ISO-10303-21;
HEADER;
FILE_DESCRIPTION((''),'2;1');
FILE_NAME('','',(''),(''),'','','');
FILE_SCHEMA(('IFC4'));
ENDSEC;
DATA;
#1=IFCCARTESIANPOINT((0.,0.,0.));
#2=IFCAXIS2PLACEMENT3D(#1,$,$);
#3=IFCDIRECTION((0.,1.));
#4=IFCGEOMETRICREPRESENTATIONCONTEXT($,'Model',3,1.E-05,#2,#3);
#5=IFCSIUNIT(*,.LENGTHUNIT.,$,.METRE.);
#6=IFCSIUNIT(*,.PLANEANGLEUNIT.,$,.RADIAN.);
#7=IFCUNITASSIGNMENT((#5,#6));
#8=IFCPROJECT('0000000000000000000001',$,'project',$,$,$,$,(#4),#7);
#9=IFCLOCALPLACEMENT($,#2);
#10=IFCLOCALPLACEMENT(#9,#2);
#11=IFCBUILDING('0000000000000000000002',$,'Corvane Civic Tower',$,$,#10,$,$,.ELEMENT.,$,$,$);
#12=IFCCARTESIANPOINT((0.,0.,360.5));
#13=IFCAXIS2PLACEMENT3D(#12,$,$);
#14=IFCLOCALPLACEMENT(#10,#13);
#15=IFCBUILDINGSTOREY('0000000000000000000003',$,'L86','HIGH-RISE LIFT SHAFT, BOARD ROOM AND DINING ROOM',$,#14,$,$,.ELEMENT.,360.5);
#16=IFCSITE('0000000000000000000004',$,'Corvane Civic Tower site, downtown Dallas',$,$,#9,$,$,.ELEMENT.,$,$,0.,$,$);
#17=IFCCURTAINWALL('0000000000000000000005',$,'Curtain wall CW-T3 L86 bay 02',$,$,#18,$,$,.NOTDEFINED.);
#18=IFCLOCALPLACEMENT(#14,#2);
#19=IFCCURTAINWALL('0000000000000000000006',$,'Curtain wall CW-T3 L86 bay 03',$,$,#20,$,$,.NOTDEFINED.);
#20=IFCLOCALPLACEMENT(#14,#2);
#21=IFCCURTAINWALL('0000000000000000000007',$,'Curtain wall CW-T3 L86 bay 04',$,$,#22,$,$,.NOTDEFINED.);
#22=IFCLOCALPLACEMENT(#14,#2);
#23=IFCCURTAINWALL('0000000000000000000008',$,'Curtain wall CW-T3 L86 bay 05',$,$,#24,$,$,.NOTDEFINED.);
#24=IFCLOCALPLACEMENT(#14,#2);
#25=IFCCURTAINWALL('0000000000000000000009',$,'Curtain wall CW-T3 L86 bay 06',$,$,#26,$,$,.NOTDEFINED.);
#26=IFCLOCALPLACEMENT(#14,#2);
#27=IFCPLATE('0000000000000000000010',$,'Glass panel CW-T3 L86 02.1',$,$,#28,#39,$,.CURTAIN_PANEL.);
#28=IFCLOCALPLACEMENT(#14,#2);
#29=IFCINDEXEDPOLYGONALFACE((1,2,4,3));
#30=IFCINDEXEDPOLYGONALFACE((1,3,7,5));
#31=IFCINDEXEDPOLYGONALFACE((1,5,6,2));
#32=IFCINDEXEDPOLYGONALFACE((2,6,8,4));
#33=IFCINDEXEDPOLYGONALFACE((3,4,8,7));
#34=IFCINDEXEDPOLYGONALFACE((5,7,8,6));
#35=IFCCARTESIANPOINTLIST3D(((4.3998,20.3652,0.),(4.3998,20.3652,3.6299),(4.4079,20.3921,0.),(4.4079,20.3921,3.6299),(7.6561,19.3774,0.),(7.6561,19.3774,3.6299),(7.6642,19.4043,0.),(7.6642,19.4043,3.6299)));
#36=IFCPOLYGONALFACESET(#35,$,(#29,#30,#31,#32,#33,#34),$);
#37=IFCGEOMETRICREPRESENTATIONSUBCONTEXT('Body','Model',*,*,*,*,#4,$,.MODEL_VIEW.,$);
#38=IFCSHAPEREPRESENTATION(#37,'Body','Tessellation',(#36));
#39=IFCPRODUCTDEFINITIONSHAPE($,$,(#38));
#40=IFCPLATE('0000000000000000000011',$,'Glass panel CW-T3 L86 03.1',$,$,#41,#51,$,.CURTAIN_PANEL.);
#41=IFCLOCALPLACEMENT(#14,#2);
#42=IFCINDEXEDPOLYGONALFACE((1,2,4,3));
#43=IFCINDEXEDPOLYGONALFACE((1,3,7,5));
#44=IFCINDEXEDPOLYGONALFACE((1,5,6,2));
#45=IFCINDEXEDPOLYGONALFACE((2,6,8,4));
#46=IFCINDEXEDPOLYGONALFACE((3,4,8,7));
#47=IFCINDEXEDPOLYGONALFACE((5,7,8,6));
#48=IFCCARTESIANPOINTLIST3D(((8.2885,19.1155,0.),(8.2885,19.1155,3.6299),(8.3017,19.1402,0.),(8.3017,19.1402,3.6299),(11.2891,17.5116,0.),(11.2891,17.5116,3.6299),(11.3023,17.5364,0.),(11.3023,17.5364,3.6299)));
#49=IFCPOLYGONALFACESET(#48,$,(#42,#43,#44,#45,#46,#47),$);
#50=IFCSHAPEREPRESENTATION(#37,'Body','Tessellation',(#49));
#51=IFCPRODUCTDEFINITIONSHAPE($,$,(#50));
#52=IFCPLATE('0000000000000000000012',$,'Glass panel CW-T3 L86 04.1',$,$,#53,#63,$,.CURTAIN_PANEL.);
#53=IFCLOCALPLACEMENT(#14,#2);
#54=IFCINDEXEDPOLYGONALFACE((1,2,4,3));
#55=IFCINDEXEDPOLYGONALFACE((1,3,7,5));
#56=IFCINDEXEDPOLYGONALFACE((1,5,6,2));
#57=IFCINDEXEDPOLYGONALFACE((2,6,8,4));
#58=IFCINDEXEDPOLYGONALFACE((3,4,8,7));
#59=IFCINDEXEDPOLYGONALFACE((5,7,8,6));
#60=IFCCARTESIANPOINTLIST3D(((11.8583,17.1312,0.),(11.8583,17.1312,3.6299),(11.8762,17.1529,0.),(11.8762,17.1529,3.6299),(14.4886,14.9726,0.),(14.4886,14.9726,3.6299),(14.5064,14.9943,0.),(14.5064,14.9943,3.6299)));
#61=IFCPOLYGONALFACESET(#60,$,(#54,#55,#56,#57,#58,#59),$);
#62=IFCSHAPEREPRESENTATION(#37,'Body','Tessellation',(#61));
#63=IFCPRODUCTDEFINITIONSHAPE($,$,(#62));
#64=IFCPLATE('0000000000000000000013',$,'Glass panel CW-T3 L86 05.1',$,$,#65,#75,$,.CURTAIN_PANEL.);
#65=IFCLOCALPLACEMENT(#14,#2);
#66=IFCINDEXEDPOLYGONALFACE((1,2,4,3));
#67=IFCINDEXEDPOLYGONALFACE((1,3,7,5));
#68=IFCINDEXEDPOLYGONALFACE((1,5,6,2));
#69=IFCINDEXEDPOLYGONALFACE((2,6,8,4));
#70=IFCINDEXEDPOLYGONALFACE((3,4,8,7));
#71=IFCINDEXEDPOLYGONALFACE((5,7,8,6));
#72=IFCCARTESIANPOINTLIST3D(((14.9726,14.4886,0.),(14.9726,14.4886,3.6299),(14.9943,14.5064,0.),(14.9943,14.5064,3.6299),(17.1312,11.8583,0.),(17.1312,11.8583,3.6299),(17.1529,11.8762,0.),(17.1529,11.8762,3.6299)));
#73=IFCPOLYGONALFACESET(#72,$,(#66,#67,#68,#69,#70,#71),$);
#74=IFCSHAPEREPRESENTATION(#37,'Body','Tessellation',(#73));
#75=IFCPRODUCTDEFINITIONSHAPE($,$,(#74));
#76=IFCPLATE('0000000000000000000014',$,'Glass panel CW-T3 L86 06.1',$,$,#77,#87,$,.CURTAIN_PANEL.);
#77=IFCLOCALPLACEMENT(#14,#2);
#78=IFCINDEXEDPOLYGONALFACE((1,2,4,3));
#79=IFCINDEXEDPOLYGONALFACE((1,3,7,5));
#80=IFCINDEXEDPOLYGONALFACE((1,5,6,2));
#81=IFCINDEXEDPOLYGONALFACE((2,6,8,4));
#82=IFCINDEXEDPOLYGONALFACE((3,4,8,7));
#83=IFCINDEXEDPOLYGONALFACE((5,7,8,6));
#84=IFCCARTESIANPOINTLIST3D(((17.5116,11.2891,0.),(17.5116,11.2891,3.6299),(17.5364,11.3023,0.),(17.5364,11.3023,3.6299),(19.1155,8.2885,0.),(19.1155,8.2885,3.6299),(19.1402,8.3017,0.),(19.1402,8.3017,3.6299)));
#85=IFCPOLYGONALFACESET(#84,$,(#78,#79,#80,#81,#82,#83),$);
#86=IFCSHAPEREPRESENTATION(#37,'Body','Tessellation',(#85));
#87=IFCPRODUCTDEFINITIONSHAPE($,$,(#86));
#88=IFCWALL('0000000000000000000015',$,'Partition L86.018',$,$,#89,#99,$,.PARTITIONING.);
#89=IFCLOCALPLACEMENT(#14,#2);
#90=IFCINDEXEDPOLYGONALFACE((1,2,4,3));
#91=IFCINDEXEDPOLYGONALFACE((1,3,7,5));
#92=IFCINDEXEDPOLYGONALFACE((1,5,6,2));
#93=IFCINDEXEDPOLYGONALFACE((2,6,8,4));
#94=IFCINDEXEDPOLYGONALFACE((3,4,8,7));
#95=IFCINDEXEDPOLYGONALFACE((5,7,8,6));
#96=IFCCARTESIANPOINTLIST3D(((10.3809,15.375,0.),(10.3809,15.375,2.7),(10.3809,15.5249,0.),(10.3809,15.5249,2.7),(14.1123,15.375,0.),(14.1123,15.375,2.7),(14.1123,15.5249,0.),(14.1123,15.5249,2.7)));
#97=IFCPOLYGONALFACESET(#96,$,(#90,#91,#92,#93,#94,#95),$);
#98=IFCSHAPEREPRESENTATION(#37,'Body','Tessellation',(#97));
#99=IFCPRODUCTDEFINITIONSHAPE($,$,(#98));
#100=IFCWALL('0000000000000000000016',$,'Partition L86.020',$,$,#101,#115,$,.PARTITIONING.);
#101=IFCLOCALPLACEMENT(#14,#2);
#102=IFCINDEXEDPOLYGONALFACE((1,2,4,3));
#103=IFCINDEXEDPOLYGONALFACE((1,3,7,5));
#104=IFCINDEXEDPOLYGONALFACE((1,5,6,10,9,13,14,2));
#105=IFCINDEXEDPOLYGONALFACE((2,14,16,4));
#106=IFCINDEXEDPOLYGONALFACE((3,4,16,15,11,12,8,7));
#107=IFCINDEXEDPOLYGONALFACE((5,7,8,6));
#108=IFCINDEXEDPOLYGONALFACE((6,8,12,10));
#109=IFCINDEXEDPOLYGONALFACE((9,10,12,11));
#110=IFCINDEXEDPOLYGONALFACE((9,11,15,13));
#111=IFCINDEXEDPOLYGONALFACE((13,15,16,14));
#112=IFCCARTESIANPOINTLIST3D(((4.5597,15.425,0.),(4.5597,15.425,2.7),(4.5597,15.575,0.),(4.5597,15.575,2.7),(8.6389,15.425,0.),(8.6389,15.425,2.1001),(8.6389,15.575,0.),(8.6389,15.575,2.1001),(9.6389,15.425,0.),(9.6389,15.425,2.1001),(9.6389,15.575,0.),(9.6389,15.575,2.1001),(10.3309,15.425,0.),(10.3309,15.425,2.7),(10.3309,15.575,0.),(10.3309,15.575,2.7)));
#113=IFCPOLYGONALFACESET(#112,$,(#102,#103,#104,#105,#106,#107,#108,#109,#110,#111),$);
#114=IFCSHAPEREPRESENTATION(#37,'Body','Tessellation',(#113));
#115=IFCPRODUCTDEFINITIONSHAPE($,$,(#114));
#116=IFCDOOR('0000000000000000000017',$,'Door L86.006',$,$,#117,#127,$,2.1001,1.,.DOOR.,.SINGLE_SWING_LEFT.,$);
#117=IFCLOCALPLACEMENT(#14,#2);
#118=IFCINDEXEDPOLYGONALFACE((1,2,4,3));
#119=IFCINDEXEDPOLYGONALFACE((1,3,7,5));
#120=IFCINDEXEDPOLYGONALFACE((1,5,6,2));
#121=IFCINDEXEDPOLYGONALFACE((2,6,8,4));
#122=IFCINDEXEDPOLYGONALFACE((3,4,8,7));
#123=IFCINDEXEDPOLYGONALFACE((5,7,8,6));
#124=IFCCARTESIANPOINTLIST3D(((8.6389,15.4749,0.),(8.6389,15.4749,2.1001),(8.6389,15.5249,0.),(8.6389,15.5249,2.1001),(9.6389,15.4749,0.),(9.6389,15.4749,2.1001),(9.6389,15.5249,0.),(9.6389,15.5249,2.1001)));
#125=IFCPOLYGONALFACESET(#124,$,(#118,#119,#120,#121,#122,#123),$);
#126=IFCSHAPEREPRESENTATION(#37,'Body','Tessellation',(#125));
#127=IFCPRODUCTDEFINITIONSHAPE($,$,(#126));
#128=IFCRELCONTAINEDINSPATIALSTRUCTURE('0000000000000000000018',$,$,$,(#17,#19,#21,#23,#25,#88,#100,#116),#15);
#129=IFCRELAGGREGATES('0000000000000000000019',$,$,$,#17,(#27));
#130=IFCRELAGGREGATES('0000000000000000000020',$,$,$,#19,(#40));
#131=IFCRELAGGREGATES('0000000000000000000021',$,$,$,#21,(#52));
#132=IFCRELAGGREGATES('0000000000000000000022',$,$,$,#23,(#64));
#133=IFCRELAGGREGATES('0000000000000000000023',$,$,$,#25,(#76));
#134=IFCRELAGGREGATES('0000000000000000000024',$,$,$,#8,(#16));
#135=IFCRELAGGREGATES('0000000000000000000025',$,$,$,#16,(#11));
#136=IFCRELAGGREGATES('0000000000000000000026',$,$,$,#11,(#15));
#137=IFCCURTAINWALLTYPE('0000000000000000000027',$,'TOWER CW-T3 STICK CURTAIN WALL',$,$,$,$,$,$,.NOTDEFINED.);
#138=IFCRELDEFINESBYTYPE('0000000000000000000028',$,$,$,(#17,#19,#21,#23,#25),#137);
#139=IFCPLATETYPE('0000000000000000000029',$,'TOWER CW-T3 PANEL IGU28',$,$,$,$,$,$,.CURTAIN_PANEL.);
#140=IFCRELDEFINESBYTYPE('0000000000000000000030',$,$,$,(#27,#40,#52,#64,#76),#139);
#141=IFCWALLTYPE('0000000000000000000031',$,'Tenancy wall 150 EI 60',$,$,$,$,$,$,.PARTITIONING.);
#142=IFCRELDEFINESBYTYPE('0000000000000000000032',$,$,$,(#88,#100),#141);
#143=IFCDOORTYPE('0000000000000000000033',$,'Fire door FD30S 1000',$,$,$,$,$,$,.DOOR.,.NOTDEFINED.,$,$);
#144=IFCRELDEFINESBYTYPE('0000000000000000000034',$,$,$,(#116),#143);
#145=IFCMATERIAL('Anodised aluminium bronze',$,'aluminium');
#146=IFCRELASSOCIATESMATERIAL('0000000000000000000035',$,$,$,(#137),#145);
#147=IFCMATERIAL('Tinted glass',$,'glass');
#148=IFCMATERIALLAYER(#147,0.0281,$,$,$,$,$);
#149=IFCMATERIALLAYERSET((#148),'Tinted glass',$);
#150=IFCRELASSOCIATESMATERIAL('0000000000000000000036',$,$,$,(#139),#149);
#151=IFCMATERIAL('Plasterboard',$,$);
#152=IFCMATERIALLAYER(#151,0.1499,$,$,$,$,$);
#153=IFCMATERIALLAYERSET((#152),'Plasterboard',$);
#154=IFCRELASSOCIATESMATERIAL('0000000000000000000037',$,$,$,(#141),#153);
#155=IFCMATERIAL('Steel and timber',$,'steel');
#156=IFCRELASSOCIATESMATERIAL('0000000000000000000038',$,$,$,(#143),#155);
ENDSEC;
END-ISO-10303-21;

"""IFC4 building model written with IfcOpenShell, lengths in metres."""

from ifc_helpers import new_model, si_unit, direction, frame, frame_2d, origin, origin_2d, place, context, subcontext, project, spatial, rectangle, extrude, material, layer, layer_set, type_object, element, fill, aggregate, save


model = new_model("IFC4")

# Units and contexts
model_context = context("Model", 3, precision=1e-05, world=origin(), true_north=direction((0.0, 1.0)))
body_context = subcontext(model_context, "Body", "Model", "MODEL_VIEW")
ifc_project = project(units=[si_unit("LENGTHUNIT", "METRE"), si_unit("PLANEANGLEUNIT", "RADIAN")], contexts=[model_context])

# Site, building, storey
site_placement = place(None, origin())
site = spatial("IfcSite", under=ifc_project, at=site_placement, Name="Corvane Civic Tower site, downtown Dallas", CompositionType="ELEMENT", RefElevation=0.0)
building_placement = place(site_placement, origin())
building = spatial("IfcBuilding", under=site, at=building_placement, Name="Corvane Civic Tower", CompositionType="ELEMENT")
storey_placement = place(building_placement, frame((0.0, 0.0, 360.5)))
storey = spatial("IfcBuildingStorey", under=building, at=storey_placement, Name="L86", Description="HIGH-RISE LIFT SHAFT, BOARD ROOM AND DINING ROOM", CompositionType="ELEMENT", Elevation=360.5)

# Curtain walls
ifc_material_1 = material(Name="Anodised aluminium bronze", Category="aluminium")
curtain_wall_type = type_object("IfcCurtainWallType", Name="TOWER CW-T3 STICK CURTAIN WALL", PredefinedType="NOTDEFINED", material=ifc_material_1)
curtain_wall_1_placement = place(storey_placement, origin())
curtain_wall_1 = element("IfcCurtainWall", 1, at=curtain_wall_1_placement, inside=storey, type_object=curtain_wall_type, Name="Curtain wall CW-T3 L86 bay 02", PredefinedType="NOTDEFINED")
curtain_wall_2_placement = place(storey_placement, origin())
curtain_wall_2 = element("IfcCurtainWall", 2, at=curtain_wall_2_placement, inside=storey, type_object=curtain_wall_type, Name="Curtain wall CW-T3 L86 bay 03", PredefinedType="NOTDEFINED")
curtain_wall_3_placement = place(storey_placement, origin())
curtain_wall_3 = element("IfcCurtainWall", 3, at=curtain_wall_3_placement, inside=storey, type_object=curtain_wall_type, Name="Curtain wall CW-T3 L86 bay 04", PredefinedType="NOTDEFINED")
curtain_wall_4_placement = place(storey_placement, origin())
curtain_wall_4 = element("IfcCurtainWall", 4, at=curtain_wall_4_placement, inside=storey, type_object=curtain_wall_type, Name="Curtain wall CW-T3 L86 bay 05", PredefinedType="NOTDEFINED")
curtain_wall_5_placement = place(storey_placement, origin())
curtain_wall_5 = element("IfcCurtainWall", 5, at=curtain_wall_5_placement, inside=storey, type_object=curtain_wall_type, Name="Curtain wall CW-T3 L86 bay 06", PredefinedType="NOTDEFINED")

# Plates
ifc_material_2 = material(Name="Tinted glass", Category="glass")
ifc_layer_1 = layer(ifc_material_2, 0.0281)
ifc_layer_set_1 = layer_set([ifc_layer_1], Name="Tinted glass")
plate_type = type_object("IfcPlateType", Name="TOWER CW-T3 PANEL IGU28", PredefinedType="CURTAIN_PANEL", material=ifc_layer_set_1)
plate_1_placement = place(storey_placement, frame((6.032, 19.8848, 0.0), z_axis=(0.0, 0.0, 1.0), x_axis=(0.956939, -0.29029, 0.0)))
plate_1 = element("IfcPlate", 6, at=plate_1_placement, type_object=plate_type, Name="Glass panel CW-T3 L86 02.1", PredefinedType="CURTAIN_PANEL", context=body_context, shape_type="SweptSolid", body=[
    extrude(rectangle(XDim=3.4028, YDim=0.0281, at=origin_2d()), origin(), (0.0, 0.0, 1.0), 3.6299),
])
aggregate(curtain_wall_1, [plate_1])
plate_2_placement = place(storey_placement, frame((9.7954, 18.3259, 0.0), z_axis=(0.0, 0.0, 1.0), x_axis=(0.881928, -0.471384, 0.0)))
plate_2 = element("IfcPlate", 7, at=plate_2_placement, type_object=plate_type, Name="Glass panel CW-T3 L86 03.1", PredefinedType="CURTAIN_PANEL", context=body_context, shape_type="SweptSolid", body=[
    extrude(rectangle(XDim=3.4023, YDim=0.0281, at=origin_2d()), origin(), (0.0, 0.0, 1.0), 3.6299),
])
aggregate(curtain_wall_2, [plate_2])
plate_3_placement = place(storey_placement, frame((13.1824, 16.0627, 0.0), z_axis=(0.0, 0.0, 1.0), x_axis=(0.77301, -0.634393, 0.0)))
plate_3 = element("IfcPlate", 8, at=plate_3_placement, type_object=plate_type, Name="Glass panel CW-T3 L86 04.1", PredefinedType="CURTAIN_PANEL", context=body_context, shape_type="SweptSolid", body=[
    extrude(rectangle(XDim=3.4026, YDim=0.0281, at=origin_2d()), origin(), (0.0, 0.0, 1.0), 3.6299),
])
aggregate(curtain_wall_3, [plate_3])
plate_4_placement = place(storey_placement, frame((16.0627, 13.1824, 0.0), z_axis=(0.0, 0.0, 1.0), x_axis=(0.634393, -0.77301, 0.0)))
plate_4 = element("IfcPlate", 9, at=plate_4_placement, type_object=plate_type, Name="Glass panel CW-T3 L86 05.1", PredefinedType="CURTAIN_PANEL", context=body_context, shape_type="SweptSolid", body=[
    extrude(rectangle(XDim=3.4026, YDim=0.0281, at=origin_2d()), origin(), (0.0, 0.0, 1.0), 3.6299),
])
aggregate(curtain_wall_4, [plate_4])
plate_5_placement = place(storey_placement, frame((18.3259, 9.7954, 0.0), z_axis=(0.0, 0.0, 1.0), x_axis=(0.471384, -0.881928, 0.0)))
plate_5 = element("IfcPlate", 10, at=plate_5_placement, type_object=plate_type, Name="Glass panel CW-T3 L86 06.1", PredefinedType="CURTAIN_PANEL", context=body_context, shape_type="SweptSolid", body=[
    extrude(rectangle(XDim=3.4023, YDim=0.0281, at=origin_2d()), origin(), (0.0, 0.0, 1.0), 3.6299),
])
aggregate(curtain_wall_5, [plate_5])

# Wall
ifc_material_3 = material(Name="Plasterboard")
ifc_layer_2 = layer(ifc_material_3, 0.1499)
ifc_layer_set_2 = layer_set([ifc_layer_2], Name="Plasterboard")
wall_type = type_object("IfcWallType", Name="Tenancy wall 150 EI 60", PredefinedType="PARTITIONING", material=ifc_layer_set_2)
wall_1_placement = place(storey_placement, frame((10.3809, 15.45, 0.0), z_axis=(0.0, 0.0, 1.0), x_axis=(1.0, 0.0, 0.0)))
element("IfcWall", 11, at=wall_1_placement, inside=storey, type_object=wall_type, Name="Partition L86.018", PredefinedType="PARTITIONING", context=body_context, shape_type="SweptSolid", body=[
    extrude(rectangle(XDim=3.7314, YDim=0.1499, at=frame_2d((1.8657, 0.0))), origin(), (0.0, 0.0, 1.0), 2.7),
])

# Wall, opening, door
wall_2_placement = place(storey_placement, frame((4.5596, 15.5, 0.0), z_axis=(0.0, 0.0, 1.0), x_axis=(1.0, 0.0, 0.0)))
wall_2 = element("IfcWall", 12, at=wall_2_placement, inside=storey, type_object=wall_type, Name="Partition L86.020", PredefinedType="PARTITIONING", context=body_context, shape_type="SweptSolid", body=[
    extrude(rectangle(XDim=5.7712, YDim=0.1499, at=frame_2d((2.8857, 0.0))), origin(), (0.0, 0.0, 1.0), 2.7),
])
opening_placement = place(wall_2_placement, frame((4.0793, 0.0, 0.0)))
opening = element("IfcOpeningElement", 13, at=opening_placement, cuts=wall_2, PredefinedType="OPENING", context=body_context, shape_type="SweptSolid", body=[
    extrude(rectangle(XDim=1.0, YDim=2.1001, at=frame_2d((0.5, 1.05))), frame((0.0, 0.085, 0.0), z_axis=(0.0, -1.0, 0.0), x_axis=(1.0, 0.0, 0.0)), (0.0, 0.0, 1.0), 0.1699),
])
ifc_material_4 = material(Name="Steel and timber", Category="steel")
door_type = type_object("IfcDoorType", Name="Fire door FD30S 1000", OperationType="NOTDEFINED", PredefinedType="DOOR", material=ifc_material_4)
door_placement = place(opening_placement, origin())
door = element("IfcDoor", 14, at=door_placement, inside=storey, type_object=door_type, Name="Door L86.006", OperationType="SINGLE_SWING_LEFT", OverallHeight=2.1001, OverallWidth=1.0, PredefinedType="DOOR", context=body_context, shape_type="SweptSolid", body=[
    extrude(rectangle(XDim=1.0, YDim=2.1001, at=frame_2d((0.5, 1.05))), frame((0.0, 0.0249, 0.0), z_axis=(0.0, -1.0, 0.0), x_axis=(1.0, 0.0, 0.0)), (0.0, 0.0, 1.0), 0.05),
])
fill(opening, door)

save(model, "model.ifc")
